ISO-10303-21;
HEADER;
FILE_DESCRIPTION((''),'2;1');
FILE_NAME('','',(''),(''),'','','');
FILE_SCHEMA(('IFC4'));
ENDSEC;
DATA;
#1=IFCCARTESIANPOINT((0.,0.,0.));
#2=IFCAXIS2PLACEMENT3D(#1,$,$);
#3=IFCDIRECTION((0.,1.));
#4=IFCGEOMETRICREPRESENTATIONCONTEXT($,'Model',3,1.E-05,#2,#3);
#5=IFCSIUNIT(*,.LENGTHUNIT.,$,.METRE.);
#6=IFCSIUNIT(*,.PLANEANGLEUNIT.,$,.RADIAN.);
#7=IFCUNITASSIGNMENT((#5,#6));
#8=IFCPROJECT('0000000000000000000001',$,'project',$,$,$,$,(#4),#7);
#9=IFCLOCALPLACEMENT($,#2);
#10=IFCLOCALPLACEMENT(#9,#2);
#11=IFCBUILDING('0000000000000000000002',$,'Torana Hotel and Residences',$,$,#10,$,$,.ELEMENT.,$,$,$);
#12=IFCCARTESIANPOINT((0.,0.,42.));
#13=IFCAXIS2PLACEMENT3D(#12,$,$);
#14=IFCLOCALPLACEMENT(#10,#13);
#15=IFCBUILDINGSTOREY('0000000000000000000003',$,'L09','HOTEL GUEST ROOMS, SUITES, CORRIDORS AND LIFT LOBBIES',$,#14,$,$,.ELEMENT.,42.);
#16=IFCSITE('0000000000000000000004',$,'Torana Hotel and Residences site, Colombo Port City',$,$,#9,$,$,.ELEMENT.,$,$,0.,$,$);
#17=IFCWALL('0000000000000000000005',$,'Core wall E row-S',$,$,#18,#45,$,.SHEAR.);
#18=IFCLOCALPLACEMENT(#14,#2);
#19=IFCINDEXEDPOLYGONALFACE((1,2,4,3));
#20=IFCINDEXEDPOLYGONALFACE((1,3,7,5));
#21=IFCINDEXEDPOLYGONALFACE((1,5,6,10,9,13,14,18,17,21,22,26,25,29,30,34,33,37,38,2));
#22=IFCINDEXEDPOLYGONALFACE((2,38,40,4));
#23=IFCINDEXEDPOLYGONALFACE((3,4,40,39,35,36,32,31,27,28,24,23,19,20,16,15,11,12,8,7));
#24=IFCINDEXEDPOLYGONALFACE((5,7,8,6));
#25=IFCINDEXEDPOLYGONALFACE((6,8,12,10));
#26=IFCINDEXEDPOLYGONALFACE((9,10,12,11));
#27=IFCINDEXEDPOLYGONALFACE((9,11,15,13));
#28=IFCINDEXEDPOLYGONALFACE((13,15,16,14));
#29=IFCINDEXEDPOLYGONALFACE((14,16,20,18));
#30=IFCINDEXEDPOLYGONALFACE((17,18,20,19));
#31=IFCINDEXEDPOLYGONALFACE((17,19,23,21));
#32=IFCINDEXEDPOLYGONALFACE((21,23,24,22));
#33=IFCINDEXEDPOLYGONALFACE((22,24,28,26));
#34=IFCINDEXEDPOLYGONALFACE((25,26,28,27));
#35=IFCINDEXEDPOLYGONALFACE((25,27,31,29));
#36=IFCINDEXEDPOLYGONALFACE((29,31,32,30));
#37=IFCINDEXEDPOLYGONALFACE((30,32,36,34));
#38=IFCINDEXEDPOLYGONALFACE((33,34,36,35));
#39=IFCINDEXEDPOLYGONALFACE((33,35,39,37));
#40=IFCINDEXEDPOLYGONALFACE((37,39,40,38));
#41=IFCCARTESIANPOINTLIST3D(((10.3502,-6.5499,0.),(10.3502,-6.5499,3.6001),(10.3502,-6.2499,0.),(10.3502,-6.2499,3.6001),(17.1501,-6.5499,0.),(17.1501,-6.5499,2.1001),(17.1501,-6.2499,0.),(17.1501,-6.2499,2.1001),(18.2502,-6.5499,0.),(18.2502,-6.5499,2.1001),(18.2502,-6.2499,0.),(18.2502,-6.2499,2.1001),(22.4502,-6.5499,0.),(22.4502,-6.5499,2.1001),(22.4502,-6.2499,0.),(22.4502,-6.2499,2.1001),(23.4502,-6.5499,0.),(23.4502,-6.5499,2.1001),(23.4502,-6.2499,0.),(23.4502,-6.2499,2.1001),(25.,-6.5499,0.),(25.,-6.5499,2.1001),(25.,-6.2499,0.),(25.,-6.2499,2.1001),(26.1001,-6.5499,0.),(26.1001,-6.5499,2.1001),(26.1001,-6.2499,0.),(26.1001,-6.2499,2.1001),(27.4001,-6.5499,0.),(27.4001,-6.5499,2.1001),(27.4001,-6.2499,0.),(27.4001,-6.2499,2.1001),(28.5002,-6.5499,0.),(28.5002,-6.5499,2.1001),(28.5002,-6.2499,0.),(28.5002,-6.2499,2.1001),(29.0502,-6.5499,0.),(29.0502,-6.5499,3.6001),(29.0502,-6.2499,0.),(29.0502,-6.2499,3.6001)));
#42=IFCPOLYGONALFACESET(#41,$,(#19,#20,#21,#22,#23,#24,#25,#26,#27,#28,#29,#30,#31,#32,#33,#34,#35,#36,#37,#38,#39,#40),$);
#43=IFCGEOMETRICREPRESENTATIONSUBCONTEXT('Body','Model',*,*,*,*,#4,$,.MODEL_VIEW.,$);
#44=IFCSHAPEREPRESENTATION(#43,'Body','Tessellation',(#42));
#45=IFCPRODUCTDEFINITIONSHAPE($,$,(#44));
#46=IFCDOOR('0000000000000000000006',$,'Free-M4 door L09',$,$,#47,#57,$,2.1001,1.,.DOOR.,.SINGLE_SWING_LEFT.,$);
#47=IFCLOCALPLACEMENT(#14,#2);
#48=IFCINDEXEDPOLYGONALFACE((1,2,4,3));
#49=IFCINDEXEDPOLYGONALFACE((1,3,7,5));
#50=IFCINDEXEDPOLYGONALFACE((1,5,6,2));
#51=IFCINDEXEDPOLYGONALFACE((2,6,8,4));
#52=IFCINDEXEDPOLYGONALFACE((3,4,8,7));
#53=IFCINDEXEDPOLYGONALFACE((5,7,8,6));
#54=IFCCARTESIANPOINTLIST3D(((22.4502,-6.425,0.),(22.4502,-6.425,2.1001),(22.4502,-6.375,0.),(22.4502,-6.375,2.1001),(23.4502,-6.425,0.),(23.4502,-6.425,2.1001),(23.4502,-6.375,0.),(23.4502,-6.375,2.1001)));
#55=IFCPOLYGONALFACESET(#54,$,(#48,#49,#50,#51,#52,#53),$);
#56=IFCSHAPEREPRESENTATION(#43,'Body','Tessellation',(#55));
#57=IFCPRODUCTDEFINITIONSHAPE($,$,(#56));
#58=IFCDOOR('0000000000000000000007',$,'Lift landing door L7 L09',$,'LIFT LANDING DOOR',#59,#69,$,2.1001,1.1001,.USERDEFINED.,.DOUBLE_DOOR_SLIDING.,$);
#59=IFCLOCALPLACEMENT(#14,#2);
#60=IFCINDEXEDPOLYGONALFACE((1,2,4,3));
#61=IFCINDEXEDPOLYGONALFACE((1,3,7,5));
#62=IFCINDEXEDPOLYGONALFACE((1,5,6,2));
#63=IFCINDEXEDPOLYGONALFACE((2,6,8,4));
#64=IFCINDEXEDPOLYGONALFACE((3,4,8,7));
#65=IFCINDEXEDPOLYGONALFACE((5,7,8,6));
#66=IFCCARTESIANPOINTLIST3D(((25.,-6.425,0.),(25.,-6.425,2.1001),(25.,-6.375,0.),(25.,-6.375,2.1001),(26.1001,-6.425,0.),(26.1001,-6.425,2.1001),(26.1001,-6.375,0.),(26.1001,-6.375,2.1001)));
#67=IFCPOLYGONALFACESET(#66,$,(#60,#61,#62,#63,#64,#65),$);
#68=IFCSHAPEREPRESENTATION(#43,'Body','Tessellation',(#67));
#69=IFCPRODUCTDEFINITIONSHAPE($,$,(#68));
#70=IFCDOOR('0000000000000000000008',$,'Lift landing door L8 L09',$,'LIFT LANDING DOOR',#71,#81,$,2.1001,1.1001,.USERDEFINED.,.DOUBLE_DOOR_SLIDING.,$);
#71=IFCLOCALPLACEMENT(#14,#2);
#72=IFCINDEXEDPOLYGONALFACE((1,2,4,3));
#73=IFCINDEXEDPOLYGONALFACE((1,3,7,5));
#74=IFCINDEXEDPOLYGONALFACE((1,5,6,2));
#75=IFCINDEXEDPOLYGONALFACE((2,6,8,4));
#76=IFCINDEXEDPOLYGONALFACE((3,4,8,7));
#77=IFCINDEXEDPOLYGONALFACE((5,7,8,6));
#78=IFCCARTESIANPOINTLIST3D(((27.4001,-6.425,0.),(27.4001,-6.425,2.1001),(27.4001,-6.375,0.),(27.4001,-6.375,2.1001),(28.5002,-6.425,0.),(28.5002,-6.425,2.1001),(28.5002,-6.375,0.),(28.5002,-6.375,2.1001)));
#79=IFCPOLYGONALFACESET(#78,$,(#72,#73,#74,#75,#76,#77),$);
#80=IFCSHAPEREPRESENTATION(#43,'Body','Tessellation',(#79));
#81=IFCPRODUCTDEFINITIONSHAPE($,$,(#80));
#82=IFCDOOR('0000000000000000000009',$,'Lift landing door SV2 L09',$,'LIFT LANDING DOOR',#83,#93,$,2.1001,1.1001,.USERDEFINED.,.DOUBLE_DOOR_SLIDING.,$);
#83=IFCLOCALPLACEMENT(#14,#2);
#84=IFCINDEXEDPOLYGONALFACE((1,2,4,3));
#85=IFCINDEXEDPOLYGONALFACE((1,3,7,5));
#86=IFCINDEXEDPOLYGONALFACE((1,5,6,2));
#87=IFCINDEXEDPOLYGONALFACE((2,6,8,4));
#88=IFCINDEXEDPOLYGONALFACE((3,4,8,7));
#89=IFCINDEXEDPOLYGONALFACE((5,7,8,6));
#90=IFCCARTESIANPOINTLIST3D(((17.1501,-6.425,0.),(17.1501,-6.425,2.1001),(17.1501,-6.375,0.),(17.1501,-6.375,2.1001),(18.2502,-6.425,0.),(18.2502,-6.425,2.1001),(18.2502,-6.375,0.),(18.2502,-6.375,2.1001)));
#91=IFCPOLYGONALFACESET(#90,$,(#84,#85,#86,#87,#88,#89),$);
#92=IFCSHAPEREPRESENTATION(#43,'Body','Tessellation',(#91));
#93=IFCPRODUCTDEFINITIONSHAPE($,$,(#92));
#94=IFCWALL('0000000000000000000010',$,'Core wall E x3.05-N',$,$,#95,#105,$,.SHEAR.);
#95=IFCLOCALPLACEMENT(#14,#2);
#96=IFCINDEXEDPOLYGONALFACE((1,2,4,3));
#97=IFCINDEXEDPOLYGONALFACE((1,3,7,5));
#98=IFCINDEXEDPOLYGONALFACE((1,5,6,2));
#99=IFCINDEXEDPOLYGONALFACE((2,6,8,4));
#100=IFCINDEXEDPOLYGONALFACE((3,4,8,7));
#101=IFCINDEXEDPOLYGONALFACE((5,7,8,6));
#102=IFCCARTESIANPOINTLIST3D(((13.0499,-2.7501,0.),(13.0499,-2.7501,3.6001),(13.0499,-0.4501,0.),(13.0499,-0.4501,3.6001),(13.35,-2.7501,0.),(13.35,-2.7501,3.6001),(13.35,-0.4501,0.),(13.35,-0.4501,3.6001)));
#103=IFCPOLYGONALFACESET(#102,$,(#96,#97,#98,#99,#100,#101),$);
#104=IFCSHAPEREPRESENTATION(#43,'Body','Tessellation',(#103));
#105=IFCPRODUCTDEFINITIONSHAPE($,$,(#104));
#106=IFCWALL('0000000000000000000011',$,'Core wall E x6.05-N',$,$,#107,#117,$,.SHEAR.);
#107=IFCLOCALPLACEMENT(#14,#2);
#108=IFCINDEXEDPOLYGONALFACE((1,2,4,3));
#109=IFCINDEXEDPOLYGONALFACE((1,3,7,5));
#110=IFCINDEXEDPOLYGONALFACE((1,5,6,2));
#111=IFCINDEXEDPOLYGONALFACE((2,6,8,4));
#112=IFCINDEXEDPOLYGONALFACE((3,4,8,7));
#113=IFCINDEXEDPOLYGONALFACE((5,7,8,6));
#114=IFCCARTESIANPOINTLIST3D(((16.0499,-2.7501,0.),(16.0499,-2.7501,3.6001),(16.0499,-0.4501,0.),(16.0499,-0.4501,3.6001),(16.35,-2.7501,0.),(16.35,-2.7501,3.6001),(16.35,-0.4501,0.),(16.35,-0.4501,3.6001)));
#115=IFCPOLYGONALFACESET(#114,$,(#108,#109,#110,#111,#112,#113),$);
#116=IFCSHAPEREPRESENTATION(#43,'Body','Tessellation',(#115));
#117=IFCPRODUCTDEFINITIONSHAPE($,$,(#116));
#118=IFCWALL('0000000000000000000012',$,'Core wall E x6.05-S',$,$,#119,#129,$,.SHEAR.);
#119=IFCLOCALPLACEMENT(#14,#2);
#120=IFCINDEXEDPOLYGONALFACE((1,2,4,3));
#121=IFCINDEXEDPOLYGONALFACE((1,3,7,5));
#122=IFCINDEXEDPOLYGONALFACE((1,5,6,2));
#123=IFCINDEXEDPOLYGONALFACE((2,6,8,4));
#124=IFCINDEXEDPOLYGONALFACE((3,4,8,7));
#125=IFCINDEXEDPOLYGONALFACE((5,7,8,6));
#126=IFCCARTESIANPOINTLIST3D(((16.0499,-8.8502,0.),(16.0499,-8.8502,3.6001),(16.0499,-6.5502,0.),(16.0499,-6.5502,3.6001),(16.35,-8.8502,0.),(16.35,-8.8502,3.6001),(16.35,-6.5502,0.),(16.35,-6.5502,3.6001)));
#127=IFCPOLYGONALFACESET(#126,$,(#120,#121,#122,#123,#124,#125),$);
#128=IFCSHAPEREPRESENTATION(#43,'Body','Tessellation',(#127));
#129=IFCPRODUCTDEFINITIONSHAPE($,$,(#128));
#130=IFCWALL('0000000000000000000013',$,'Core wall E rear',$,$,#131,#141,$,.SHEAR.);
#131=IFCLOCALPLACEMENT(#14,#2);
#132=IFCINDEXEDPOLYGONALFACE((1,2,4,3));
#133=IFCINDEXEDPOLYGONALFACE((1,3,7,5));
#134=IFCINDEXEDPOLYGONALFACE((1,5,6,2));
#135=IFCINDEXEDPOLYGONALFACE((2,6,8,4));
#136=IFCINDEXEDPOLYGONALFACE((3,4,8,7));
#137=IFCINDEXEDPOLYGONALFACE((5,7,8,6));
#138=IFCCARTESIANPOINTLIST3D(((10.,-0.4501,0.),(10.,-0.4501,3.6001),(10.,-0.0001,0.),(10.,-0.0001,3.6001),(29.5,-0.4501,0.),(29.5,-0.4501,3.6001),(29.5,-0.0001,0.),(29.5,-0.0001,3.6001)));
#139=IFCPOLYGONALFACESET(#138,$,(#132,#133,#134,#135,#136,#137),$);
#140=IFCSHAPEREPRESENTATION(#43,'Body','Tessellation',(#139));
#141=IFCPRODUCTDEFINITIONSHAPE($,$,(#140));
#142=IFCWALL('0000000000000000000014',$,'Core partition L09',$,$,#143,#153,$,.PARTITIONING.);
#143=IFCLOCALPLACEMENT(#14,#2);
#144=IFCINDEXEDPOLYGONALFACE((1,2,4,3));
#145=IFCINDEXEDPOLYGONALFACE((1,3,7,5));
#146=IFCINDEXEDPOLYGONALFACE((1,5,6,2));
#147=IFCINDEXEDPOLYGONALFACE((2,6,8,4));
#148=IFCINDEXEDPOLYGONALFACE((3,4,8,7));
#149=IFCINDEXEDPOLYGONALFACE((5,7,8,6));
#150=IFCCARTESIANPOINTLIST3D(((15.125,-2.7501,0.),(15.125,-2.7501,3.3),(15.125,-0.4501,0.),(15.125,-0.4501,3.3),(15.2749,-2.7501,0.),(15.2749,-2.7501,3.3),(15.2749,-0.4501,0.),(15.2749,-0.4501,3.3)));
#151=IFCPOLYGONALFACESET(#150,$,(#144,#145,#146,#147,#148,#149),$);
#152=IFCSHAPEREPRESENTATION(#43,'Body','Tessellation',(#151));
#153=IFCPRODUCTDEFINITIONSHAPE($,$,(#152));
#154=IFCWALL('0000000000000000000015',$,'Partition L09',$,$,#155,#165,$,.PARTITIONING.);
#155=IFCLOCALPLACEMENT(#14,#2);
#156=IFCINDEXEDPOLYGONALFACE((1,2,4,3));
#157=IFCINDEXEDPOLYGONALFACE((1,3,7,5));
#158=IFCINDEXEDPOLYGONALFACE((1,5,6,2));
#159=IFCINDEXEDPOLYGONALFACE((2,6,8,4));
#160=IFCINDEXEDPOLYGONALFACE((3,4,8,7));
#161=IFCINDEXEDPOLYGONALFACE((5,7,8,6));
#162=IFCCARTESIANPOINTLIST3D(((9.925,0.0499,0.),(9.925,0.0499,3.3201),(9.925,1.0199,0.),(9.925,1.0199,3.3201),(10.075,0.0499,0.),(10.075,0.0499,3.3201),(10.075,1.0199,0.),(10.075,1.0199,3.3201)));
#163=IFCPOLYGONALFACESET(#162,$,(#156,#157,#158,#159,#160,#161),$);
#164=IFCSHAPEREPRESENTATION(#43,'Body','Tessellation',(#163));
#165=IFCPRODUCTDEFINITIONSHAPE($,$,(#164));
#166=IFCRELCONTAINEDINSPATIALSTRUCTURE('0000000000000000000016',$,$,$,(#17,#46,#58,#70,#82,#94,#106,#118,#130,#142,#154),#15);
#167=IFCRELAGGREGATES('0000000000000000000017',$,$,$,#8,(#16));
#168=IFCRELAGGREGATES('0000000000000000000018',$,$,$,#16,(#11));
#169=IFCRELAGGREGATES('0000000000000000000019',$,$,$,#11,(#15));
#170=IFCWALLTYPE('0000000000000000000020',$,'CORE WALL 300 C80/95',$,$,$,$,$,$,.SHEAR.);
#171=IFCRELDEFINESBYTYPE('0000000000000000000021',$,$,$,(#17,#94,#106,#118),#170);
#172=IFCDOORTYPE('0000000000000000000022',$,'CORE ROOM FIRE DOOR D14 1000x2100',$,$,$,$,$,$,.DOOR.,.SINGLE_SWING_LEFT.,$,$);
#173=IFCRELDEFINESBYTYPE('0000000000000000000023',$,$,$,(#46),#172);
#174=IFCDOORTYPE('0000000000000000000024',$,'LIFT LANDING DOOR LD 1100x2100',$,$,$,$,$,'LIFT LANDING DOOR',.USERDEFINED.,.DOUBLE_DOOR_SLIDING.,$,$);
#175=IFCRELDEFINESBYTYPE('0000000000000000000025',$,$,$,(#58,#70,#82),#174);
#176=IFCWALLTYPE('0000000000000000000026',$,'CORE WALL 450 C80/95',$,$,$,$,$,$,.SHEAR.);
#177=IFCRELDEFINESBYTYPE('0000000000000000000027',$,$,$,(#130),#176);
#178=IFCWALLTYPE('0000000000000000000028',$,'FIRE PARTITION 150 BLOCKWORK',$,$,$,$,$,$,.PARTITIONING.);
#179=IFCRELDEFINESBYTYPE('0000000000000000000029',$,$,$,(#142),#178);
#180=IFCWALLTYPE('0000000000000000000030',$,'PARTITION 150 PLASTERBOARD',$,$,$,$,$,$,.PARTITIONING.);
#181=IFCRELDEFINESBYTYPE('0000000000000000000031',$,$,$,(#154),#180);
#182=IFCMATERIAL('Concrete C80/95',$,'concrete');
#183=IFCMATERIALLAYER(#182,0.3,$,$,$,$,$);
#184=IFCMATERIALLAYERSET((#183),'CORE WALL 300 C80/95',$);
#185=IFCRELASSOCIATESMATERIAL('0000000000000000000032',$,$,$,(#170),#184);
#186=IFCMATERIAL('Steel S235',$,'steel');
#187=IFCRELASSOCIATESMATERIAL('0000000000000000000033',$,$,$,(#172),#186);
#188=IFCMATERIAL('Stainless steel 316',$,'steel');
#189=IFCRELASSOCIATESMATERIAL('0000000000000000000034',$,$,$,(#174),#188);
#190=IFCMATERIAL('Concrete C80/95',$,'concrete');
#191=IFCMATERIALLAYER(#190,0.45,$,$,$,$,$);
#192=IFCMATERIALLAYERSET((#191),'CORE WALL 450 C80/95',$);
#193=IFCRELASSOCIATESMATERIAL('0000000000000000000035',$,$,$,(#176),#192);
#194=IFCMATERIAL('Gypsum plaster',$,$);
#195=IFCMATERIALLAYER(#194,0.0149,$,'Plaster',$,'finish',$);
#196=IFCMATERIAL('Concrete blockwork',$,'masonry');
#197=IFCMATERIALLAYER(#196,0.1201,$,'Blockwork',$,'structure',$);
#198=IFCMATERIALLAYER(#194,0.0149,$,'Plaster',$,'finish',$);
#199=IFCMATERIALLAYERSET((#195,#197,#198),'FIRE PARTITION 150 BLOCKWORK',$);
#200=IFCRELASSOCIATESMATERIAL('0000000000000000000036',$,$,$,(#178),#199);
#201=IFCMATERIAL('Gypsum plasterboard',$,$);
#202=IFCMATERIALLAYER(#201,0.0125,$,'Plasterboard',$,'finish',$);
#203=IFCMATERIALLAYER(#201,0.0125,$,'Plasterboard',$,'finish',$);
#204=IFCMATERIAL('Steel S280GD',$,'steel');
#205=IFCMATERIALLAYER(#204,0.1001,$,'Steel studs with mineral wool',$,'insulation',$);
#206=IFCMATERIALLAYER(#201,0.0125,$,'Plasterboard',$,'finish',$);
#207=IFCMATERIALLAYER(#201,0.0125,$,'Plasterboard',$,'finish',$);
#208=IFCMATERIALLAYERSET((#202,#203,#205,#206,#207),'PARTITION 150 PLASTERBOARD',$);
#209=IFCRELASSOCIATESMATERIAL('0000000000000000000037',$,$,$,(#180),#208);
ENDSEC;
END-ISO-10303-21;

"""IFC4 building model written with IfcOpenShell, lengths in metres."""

from ifc_helpers import new_model, si_unit, direction, frame, frame_2d, origin, place, context, subcontext, project, spatial, rectangle, extrude, material, layer, layer_set, type_object, element, fill, save


model = new_model("IFC4")

# Units and contexts
model_context = context("Model", 3, precision=1e-05, world=origin(), true_north=direction((0.0, 1.0)))
body_context = subcontext(model_context, "Body", "Model", "MODEL_VIEW")
ifc_project = project(units=[si_unit("LENGTHUNIT", "METRE"), si_unit("PLANEANGLEUNIT", "RADIAN")], contexts=[model_context])

# Site, building, storey
site_placement = place(None, origin())
site = spatial("IfcSite", under=ifc_project, at=site_placement, Name="Torana Hotel and Residences site, Colombo Port City", CompositionType="ELEMENT", RefElevation=0.0)
building_placement = place(site_placement, origin())
building = spatial("IfcBuilding", under=site, at=building_placement, Name="Torana Hotel and Residences", CompositionType="ELEMENT")
storey_placement = place(building_placement, frame((0.0, 0.0, 42.0)))
storey = spatial("IfcBuildingStorey", under=building, at=storey_placement, Name="L09", Description="HOTEL GUEST ROOMS, SUITES, CORRIDORS AND LIFT LOBBIES", CompositionType="ELEMENT", Elevation=42.0)

# Wall, openings, doors
ifc_material_1 = material(Name="Concrete C80/95", Category="concrete")
ifc_layer_1 = layer(ifc_material_1, 0.3)
ifc_layer_set_1 = layer_set([ifc_layer_1], Name="CORE WALL 300 C80/95")
wall_type_1 = type_object("IfcWallType", Name="CORE WALL 300 C80/95", PredefinedType="SHEAR", material=ifc_layer_set_1)
ifc_material_2 = material(Name="Steel S235", Category="steel")
door_type_1 = type_object("IfcDoorType", Name="CORE ROOM FIRE DOOR D14 1000x2100", OperationType="SINGLE_SWING_LEFT", PredefinedType="DOOR", material=ifc_material_2)
ifc_material_3 = material(Name="Stainless steel 316", Category="steel")
door_type_2 = type_object("IfcDoorType", Name="LIFT LANDING DOOR LD 1100x2100", ElementType="LIFT LANDING DOOR", OperationType="DOUBLE_DOOR_SLIDING", PredefinedType="USERDEFINED", material=ifc_material_3)
wall_1_placement = place(storey_placement, frame((10.3501, -6.3999, 0.0), z_axis=(0.0, 0.0, 1.0), x_axis=(1.0, 0.0, 0.0)))
wall_1 = element("IfcWall", 1, at=wall_1_placement, inside=storey, type_object=wall_type_1, Name="Core wall E row-S", PredefinedType="SHEAR", context=body_context, shape_type="SweptSolid", body=[
    extrude(rectangle(XDim=18.7, YDim=0.3, at=frame_2d((9.3501, 0.0))), origin(), (0.0, 0.0, 1.0), 3.6001),
])
opening_1_placement = place(wall_1_placement, frame((14.6499, 0.0, 0.0)))
opening_1 = element("IfcOpeningElement", 2, at=opening_1_placement, cuts=wall_1, PredefinedType="OPENING", context=body_context, shape_type="SweptSolid", body=[
    extrude(rectangle(XDim=1.1001, YDim=2.1001, at=frame_2d((0.55, 1.05))), frame((0.0, 0.1599, 0.0), z_axis=(0.0, -1.0, 0.0), x_axis=(1.0, 0.0, 0.0)), (0.0, 0.0, 1.0), 0.3201),
])
opening_2_placement = place(wall_1_placement, frame((17.05, 0.0, 0.0)))
opening_2 = element("IfcOpeningElement", 3, at=opening_2_placement, cuts=wall_1, PredefinedType="OPENING", context=body_context, shape_type="SweptSolid", body=[
    extrude(rectangle(XDim=1.1001, YDim=2.1001, at=frame_2d((0.55, 1.05))), frame((0.0, 0.1599, 0.0), z_axis=(0.0, -1.0, 0.0), x_axis=(1.0, 0.0, 0.0)), (0.0, 0.0, 1.0), 0.3201),
])
opening_3_placement = place(wall_1_placement, frame((6.8, 0.0, 0.0)))
opening_3 = element("IfcOpeningElement", 4, at=opening_3_placement, cuts=wall_1, PredefinedType="OPENING", context=body_context, shape_type="SweptSolid", body=[
    extrude(rectangle(XDim=1.1001, YDim=2.1001, at=frame_2d((0.55, 1.05))), frame((0.0, 0.1599, 0.0), z_axis=(0.0, -1.0, 0.0), x_axis=(1.0, 0.0, 0.0)), (0.0, 0.0, 1.0), 0.3201),
])
opening_4_placement = place(wall_1_placement, frame((12.1001, 0.0, 0.0)))
opening_4 = element("IfcOpeningElement", 5, at=opening_4_placement, cuts=wall_1, PredefinedType="OPENING", context=body_context, shape_type="SweptSolid", body=[
    extrude(rectangle(XDim=1.0, YDim=2.1001, at=frame_2d((0.5, 1.05))), frame((0.0, 0.1599, 0.0), z_axis=(0.0, -1.0, 0.0), x_axis=(1.0, 0.0, 0.0)), (0.0, 0.0, 1.0), 0.3201),
])
door_1_placement = place(opening_4_placement, frame((0.5, 0.0, 0.0), z_axis=(0.0, 0.0, 1.0), x_axis=(-1.0, 0.0, 0.0)))
door_1 = element("IfcDoor", 6, at=door_1_placement, inside=storey, type_object=door_type_1, Name="Free-M4 door L09", OperationType="SINGLE_SWING_LEFT", OverallHeight=2.1001, OverallWidth=1.0, PredefinedType="DOOR", context=body_context, shape_type="SweptSolid", body=[
    extrude(rectangle(XDim=1.0, YDim=2.1001, at=frame_2d((0.0, 1.05))), frame((0.0, -0.0249, 0.0), z_axis=(0.0, 1.0, 0.0), x_axis=(-1.0, 0.0, 0.0)), (0.0, 0.0, 1.0), 0.05),
])
fill(opening_4, door_1)
door_2_placement = place(opening_1_placement, origin())
door_2 = element("IfcDoor", 7, at=door_2_placement, inside=storey, type_object=door_type_2, Name="Lift landing door L7 L09", ObjectType="LIFT LANDING DOOR", OperationType="DOUBLE_DOOR_SLIDING", OverallHeight=2.1001, OverallWidth=1.1001, PredefinedType="USERDEFINED", context=body_context, shape_type="SweptSolid", body=[
    extrude(rectangle(XDim=1.1001, YDim=2.1001, at=frame_2d((0.55, 1.05))), frame((0.0, 0.0249, 0.0), z_axis=(0.0, -1.0, 0.0), x_axis=(1.0, 0.0, 0.0)), (0.0, 0.0, 1.0), 0.05),
])
fill(opening_1, door_2)
door_3_placement = place(opening_2_placement, origin())
door_3 = element("IfcDoor", 8, at=door_3_placement, inside=storey, type_object=door_type_2, Name="Lift landing door L8 L09", ObjectType="LIFT LANDING DOOR", OperationType="DOUBLE_DOOR_SLIDING", OverallHeight=2.1001, OverallWidth=1.1001, PredefinedType="USERDEFINED", context=body_context, shape_type="SweptSolid", body=[
    extrude(rectangle(XDim=1.1001, YDim=2.1001, at=frame_2d((0.55, 1.05))), frame((0.0, 0.0249, 0.0), z_axis=(0.0, -1.0, 0.0), x_axis=(1.0, 0.0, 0.0)), (0.0, 0.0, 1.0), 0.05),
])
fill(opening_2, door_3)
door_4_placement = place(opening_3_placement, origin())
door_4 = element("IfcDoor", 9, at=door_4_placement, inside=storey, type_object=door_type_2, Name="Lift landing door SV2 L09", ObjectType="LIFT LANDING DOOR", OperationType="DOUBLE_DOOR_SLIDING", OverallHeight=2.1001, OverallWidth=1.1001, PredefinedType="USERDEFINED", context=body_context, shape_type="SweptSolid", body=[
    extrude(rectangle(XDim=1.1001, YDim=2.1001, at=frame_2d((0.55, 1.05))), frame((0.0, 0.0249, 0.0), z_axis=(0.0, -1.0, 0.0), x_axis=(1.0, 0.0, 0.0)), (0.0, 0.0, 1.0), 0.05),
])
fill(opening_3, door_4)

# Walls
for number, where, z_axis, x_axis, name in (
    (10, (13.2, -2.75, 0.0), (0.0, 0.0, 1.0), (0.0, 1.0, 0.0), "Core wall E x3.05-N"),
    (11, (16.2, -2.75, 0.0), (0.0, 0.0, 1.0), (0.0, 1.0, 0.0), "Core wall E x6.05-N"),
    (12, (16.2, -8.8501, 0.0), (0.0, 0.0, 1.0), (0.0, 1.0, 0.0), "Core wall E x6.05-S"),
):
    element("IfcWall", number, at=place(storey_placement, frame(where, z_axis=z_axis, x_axis=x_axis)), inside=storey, type_object=wall_type_1, Name=name, PredefinedType="SHEAR", context=body_context, shape_type="SweptSolid", body=[
        extrude(rectangle(XDim=2.3, YDim=0.3, at=frame_2d((1.1499, 0.0))), origin(), (0.0, 0.0, 1.0), 3.6001),
    ])
ifc_material_4 = material(Name="Concrete C80/95", Category="concrete")
ifc_layer_2 = layer(ifc_material_4, 0.45)
ifc_layer_set_2 = layer_set([ifc_layer_2], Name="CORE WALL 450 C80/95")
wall_type_2 = type_object("IfcWallType", Name="CORE WALL 450 C80/95", PredefinedType="SHEAR", material=ifc_layer_set_2)
wall_2_placement = place(storey_placement, frame((10.0, -0.2251, 0.0), z_axis=(0.0, 0.0, 1.0), x_axis=(1.0, 0.0, 0.0)))
element("IfcWall", 13, at=wall_2_placement, inside=storey, type_object=wall_type_2, Name="Core wall E rear", PredefinedType="SHEAR", context=body_context, shape_type="SweptSolid", body=[
    extrude(rectangle(XDim=19.5, YDim=0.45, at=frame_2d((9.75, 0.0))), origin(), (0.0, 0.0, 1.0), 3.6001),
])
ifc_material_5 = material(Name="Gypsum plaster")
ifc_layer_3 = layer(ifc_material_5, 0.0149, Name="Plaster", Category="finish")
ifc_material_6 = material(Name="Concrete blockwork", Category="masonry")
ifc_layer_4 = layer(ifc_material_6, 0.1201, Name="Blockwork", Category="structure")
ifc_layer_5 = layer(ifc_material_5, 0.0149, Name="Plaster", Category="finish")
ifc_layer_set_3 = layer_set([ifc_layer_3, ifc_layer_4, ifc_layer_5], Name="FIRE PARTITION 150 BLOCKWORK")
wall_type_3 = type_object("IfcWallType", Name="FIRE PARTITION 150 BLOCKWORK", PredefinedType="PARTITIONING", material=ifc_layer_set_3)
wall_3_placement = place(storey_placement, frame((15.2, -2.75, 0.0), z_axis=(0.0, 0.0, 1.0), x_axis=(0.0, 1.0, 0.0)))
element("IfcWall", 14, at=wall_3_placement, inside=storey, type_object=wall_type_3, Name="Core partition L09", PredefinedType="PARTITIONING", context=body_context, shape_type="SweptSolid", body=[
    extrude(rectangle(XDim=2.3, YDim=0.1499, at=frame_2d((1.1499, 0.0))), origin(), (0.0, 0.0, 1.0), 3.3),
])
ifc_material_7 = material(Name="Gypsum plasterboard")
ifc_layer_6 = layer(ifc_material_7, 0.0125, Name="Plasterboard", Category="finish")
ifc_layer_7 = layer(ifc_material_7, 0.0125, Name="Plasterboard", Category="finish")
ifc_material_8 = material(Name="Steel S280GD", Category="steel")
ifc_layer_8 = layer(ifc_material_8, 0.1001, Name="Steel studs with mineral wool", Category="insulation")
ifc_layer_9 = layer(ifc_material_7, 0.0125, Name="Plasterboard", Category="finish")
ifc_layer_10 = layer(ifc_material_7, 0.0125, Name="Plasterboard", Category="finish")
ifc_layer_set_4 = layer_set([ifc_layer_6, ifc_layer_7, ifc_layer_8, ifc_layer_9, ifc_layer_10], Name="PARTITION 150 PLASTERBOARD")
wall_type_4 = type_object("IfcWallType", Name="PARTITION 150 PLASTERBOARD", PredefinedType="PARTITIONING", material=ifc_layer_set_4)
wall_4_placement = place(storey_placement, frame((10.0, 0.05, 0.0), z_axis=(0.0, 0.0, 1.0), x_axis=(0.0, 1.0, 0.0)))
element("IfcWall", 15, at=wall_4_placement, inside=storey, type_object=wall_type_4, Name="Partition L09", PredefinedType="PARTITIONING", context=body_context, shape_type="SweptSolid", body=[
    extrude(rectangle(XDim=0.97, YDim=0.1499, at=frame_2d((0.4849, 0.0))), origin(), (0.0, 0.0, 1.0), 3.3201),
])

save(model, "model.ifc")
